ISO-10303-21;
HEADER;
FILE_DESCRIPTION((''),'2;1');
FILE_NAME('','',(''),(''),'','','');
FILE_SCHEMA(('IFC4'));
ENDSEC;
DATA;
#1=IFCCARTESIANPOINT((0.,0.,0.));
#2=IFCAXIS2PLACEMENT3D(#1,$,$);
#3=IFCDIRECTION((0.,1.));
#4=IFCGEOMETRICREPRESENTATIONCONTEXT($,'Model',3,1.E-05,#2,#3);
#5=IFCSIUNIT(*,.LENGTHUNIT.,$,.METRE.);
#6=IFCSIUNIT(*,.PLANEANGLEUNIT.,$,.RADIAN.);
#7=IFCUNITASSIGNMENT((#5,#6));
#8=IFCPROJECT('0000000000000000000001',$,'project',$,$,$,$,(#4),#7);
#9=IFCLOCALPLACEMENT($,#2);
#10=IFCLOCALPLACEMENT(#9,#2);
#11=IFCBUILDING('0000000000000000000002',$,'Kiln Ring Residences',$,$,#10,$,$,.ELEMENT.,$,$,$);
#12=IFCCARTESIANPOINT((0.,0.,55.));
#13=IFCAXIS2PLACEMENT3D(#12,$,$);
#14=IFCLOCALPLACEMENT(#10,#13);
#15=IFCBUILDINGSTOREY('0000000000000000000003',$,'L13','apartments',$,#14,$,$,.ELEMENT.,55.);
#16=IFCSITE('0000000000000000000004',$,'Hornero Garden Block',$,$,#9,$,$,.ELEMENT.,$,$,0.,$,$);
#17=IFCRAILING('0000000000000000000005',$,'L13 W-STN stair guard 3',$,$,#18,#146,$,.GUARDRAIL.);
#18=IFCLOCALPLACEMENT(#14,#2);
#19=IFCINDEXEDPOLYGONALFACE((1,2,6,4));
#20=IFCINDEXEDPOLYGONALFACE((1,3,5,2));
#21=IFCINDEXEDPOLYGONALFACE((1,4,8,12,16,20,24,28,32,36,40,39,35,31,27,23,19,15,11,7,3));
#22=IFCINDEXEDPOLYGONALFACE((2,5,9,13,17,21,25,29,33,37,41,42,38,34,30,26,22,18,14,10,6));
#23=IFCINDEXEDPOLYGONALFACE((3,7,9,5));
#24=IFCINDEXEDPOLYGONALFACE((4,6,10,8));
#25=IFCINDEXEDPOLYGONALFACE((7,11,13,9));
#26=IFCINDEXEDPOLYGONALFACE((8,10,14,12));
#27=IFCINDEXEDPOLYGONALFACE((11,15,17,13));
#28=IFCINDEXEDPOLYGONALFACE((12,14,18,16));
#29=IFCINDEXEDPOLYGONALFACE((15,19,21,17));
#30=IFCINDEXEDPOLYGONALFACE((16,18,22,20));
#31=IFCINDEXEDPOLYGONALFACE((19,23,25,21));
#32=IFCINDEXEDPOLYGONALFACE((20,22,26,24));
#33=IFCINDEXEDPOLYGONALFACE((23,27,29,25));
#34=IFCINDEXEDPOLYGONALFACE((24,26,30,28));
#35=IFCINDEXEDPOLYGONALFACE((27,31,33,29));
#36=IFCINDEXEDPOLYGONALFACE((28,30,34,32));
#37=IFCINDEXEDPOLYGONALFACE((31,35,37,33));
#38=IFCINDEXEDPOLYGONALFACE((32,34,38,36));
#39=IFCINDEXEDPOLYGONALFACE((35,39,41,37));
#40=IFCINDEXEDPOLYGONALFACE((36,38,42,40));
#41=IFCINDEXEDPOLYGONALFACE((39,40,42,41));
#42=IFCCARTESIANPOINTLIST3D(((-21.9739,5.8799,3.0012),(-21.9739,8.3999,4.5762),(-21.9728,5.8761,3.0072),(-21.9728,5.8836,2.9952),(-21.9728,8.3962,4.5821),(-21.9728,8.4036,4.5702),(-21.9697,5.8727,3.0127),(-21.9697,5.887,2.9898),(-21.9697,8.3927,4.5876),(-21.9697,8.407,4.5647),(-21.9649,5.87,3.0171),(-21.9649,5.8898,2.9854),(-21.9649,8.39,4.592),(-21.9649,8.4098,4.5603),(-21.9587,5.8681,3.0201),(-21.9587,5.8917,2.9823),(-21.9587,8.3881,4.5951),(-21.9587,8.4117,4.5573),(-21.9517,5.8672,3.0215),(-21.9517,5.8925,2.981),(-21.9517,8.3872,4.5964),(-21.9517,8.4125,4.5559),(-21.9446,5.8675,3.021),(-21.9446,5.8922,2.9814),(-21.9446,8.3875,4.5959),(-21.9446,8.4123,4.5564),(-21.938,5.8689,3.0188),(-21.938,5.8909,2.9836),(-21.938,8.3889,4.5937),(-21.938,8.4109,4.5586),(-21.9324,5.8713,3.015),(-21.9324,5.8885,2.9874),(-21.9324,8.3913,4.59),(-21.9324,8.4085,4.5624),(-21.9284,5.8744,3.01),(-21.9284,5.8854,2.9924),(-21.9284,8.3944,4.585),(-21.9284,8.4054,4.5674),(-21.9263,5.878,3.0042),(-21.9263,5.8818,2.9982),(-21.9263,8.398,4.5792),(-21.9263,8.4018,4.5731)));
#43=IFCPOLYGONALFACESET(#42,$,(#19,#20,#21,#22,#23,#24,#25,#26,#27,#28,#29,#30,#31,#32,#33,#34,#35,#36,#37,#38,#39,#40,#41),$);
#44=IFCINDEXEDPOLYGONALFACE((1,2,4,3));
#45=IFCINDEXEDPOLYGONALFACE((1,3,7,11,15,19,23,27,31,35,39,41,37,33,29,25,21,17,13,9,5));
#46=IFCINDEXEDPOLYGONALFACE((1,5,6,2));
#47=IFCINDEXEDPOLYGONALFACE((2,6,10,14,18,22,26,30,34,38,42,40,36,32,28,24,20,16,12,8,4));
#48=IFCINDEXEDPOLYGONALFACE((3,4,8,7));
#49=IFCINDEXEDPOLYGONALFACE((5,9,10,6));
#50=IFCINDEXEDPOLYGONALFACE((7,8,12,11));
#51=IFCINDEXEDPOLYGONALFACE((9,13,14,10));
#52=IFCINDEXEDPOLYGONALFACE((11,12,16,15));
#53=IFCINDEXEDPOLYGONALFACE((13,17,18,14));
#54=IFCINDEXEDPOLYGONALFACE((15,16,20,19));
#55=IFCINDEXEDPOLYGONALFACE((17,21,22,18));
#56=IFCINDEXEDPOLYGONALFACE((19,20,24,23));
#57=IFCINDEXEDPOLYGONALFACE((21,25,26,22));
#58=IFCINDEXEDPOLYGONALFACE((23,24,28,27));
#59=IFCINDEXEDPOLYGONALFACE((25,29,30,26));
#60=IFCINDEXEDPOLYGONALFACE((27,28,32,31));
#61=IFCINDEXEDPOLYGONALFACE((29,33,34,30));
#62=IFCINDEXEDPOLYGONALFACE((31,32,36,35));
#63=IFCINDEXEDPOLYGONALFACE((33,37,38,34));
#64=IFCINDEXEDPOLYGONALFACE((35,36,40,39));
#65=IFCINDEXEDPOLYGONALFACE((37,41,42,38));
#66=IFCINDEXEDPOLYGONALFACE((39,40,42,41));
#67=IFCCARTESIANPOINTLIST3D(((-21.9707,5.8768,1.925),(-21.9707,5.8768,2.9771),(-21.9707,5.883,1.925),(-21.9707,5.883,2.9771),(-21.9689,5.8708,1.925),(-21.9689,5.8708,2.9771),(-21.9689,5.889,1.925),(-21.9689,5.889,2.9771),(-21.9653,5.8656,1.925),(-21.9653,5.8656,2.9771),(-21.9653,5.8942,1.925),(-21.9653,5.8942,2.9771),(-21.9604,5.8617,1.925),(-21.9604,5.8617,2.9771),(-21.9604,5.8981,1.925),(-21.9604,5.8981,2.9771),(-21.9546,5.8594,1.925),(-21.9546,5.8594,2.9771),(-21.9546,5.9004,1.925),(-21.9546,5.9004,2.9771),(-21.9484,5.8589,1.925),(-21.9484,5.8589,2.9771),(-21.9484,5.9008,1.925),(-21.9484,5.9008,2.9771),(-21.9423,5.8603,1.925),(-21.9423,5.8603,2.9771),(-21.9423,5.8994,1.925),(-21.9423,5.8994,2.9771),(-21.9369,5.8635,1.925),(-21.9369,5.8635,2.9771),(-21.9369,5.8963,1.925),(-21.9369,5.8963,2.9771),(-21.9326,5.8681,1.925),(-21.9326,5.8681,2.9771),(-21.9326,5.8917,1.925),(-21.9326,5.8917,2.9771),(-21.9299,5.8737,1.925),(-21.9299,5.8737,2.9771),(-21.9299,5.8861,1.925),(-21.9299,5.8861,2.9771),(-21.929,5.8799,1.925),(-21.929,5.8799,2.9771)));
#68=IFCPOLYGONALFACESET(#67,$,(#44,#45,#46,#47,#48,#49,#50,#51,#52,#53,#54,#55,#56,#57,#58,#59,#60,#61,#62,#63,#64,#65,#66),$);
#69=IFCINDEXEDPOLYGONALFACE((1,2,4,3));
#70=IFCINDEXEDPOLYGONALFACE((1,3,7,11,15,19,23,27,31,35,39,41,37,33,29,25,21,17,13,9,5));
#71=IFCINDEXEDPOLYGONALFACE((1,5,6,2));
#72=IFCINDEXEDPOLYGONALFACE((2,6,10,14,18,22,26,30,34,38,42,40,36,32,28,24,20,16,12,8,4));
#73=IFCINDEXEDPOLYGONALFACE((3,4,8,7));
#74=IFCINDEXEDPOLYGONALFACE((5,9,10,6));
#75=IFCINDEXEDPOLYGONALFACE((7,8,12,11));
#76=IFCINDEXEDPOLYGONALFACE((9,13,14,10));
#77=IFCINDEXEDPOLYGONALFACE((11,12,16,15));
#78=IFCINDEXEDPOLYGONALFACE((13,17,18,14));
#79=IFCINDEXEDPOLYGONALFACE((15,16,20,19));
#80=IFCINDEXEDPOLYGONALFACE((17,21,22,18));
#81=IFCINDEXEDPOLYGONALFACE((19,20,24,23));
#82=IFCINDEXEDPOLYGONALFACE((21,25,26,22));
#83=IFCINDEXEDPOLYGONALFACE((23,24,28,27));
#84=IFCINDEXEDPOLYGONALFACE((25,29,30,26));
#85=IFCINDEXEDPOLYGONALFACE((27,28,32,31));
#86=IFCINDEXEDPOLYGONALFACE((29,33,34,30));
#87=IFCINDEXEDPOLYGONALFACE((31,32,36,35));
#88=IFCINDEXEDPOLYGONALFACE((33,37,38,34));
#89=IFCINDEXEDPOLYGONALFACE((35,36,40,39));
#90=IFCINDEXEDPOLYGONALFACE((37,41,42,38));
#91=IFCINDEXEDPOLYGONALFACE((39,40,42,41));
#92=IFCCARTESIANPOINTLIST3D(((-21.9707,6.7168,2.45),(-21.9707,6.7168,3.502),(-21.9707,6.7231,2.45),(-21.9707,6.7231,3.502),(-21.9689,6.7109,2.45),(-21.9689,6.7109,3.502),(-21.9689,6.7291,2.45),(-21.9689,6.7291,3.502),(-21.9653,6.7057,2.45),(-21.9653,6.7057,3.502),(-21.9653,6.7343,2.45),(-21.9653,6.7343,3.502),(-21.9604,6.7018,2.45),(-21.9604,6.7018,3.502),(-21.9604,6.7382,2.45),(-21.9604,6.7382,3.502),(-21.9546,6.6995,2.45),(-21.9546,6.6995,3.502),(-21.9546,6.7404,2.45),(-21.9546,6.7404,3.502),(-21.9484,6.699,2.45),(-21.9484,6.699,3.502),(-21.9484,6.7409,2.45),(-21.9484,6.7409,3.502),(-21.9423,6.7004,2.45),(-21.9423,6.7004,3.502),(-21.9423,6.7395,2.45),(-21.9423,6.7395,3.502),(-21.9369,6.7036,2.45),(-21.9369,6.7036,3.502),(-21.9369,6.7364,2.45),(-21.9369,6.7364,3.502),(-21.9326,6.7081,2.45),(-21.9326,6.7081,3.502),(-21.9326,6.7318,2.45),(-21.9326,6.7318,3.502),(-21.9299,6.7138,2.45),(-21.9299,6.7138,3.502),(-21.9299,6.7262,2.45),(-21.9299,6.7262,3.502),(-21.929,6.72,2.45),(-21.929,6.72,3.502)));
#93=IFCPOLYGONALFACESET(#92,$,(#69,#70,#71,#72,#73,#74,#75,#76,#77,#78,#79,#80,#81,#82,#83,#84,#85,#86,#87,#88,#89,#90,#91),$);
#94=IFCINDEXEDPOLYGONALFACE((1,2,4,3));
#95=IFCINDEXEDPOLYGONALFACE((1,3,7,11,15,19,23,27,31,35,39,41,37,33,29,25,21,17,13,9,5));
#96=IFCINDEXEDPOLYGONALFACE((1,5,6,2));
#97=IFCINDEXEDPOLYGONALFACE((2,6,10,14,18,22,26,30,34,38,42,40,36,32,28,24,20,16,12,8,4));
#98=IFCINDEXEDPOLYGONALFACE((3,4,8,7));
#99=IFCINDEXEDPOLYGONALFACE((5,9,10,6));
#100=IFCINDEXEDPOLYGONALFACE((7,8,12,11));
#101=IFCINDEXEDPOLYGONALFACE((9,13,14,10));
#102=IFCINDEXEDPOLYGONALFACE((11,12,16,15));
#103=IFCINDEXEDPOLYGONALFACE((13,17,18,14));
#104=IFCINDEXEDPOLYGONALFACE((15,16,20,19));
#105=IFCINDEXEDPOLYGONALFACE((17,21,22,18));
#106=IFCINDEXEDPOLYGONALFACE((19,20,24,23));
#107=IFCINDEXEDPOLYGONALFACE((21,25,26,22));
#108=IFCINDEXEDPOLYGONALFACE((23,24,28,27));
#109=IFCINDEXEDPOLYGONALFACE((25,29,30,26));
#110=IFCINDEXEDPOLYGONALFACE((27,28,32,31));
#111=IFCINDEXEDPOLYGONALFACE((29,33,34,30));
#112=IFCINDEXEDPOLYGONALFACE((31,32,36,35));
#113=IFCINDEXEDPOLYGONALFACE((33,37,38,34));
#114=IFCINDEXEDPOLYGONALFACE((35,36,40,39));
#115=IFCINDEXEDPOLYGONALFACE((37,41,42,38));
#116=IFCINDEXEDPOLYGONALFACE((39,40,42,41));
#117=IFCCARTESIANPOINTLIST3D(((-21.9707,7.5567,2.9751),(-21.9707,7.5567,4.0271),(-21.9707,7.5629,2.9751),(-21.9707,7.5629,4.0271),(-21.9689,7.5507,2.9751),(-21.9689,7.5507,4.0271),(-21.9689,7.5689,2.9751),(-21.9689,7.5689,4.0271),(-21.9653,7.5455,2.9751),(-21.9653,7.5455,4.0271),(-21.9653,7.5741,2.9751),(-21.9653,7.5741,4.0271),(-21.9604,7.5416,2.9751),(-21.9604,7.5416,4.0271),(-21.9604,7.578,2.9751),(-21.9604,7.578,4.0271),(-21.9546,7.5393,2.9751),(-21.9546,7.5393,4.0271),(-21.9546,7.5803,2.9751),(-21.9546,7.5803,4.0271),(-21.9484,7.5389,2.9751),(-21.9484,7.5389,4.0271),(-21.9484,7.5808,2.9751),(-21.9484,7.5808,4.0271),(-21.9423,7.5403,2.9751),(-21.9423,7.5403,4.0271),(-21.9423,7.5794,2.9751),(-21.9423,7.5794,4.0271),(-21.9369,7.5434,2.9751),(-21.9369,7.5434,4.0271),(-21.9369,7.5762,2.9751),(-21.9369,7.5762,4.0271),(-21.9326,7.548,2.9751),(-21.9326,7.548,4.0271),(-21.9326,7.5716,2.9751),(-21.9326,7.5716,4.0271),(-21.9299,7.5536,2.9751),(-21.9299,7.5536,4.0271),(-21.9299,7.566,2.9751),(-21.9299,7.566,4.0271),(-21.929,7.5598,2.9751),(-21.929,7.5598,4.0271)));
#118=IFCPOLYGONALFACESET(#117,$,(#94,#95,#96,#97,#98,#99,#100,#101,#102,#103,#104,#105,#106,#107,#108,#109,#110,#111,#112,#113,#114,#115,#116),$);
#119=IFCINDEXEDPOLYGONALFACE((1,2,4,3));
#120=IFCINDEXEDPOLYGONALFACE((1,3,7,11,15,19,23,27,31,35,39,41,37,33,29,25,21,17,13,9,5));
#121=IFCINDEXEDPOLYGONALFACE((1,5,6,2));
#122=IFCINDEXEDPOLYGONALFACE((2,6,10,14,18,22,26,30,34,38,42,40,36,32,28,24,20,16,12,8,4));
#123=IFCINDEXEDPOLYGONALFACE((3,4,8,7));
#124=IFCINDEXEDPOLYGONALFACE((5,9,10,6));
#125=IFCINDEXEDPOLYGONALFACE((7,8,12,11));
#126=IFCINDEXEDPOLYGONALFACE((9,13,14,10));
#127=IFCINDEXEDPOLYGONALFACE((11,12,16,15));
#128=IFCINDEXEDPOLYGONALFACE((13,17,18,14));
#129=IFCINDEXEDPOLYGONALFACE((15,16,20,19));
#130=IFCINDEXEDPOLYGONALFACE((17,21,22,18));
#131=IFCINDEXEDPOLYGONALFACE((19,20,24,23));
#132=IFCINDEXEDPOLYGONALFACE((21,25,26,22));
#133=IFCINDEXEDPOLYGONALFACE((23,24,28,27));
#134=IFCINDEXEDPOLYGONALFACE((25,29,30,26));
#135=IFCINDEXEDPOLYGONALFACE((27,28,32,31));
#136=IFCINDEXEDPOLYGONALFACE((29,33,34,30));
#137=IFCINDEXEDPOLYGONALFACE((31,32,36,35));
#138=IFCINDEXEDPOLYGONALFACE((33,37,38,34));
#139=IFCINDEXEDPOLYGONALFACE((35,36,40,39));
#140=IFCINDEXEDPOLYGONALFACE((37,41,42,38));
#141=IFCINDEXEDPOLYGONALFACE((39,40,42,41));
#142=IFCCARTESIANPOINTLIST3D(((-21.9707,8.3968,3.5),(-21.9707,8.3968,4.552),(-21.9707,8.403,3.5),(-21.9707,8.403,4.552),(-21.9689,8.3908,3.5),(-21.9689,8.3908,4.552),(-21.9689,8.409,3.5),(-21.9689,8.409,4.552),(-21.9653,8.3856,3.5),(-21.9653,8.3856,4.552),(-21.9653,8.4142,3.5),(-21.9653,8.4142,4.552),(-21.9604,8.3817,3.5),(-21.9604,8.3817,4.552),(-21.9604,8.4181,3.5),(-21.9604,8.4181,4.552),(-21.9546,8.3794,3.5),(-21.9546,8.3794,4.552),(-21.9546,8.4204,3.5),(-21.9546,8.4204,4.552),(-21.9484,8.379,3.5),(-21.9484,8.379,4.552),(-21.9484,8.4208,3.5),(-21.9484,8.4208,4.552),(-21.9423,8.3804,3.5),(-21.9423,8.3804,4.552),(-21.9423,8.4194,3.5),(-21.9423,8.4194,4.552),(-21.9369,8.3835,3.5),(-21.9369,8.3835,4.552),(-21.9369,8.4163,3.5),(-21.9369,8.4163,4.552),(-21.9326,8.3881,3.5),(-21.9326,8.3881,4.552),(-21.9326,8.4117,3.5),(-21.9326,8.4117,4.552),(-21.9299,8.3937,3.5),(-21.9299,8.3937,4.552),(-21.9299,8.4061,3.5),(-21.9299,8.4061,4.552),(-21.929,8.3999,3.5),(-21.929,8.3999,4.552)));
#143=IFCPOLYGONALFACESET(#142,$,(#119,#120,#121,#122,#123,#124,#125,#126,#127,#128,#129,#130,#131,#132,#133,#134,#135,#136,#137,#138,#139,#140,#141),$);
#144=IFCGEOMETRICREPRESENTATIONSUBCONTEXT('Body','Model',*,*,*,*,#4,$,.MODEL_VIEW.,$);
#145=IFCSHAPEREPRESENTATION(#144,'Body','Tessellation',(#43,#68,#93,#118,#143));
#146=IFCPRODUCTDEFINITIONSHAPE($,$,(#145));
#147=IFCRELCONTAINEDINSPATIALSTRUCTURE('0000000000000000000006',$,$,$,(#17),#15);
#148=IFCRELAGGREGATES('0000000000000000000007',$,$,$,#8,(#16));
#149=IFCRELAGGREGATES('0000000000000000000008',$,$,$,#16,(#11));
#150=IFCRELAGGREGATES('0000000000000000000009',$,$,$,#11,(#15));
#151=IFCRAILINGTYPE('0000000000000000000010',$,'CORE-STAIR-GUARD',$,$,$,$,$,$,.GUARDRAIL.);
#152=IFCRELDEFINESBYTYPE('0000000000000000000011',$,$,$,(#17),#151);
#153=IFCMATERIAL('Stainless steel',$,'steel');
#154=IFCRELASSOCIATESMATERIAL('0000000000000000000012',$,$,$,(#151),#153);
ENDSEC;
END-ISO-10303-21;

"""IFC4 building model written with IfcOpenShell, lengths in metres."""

from ifc_helpers import new_model, si_unit, direction, frame, origin, origin_2d, place, context, subcontext, project, spatial, circle, extrude, material, type_object, element, save


model = new_model("IFC4")

# Units and contexts
model_context = context("Model", 3, precision=1e-05, world=origin(), true_north=direction((0.0, 1.0)))
body_context = subcontext(model_context, "Body", "Model", "MODEL_VIEW")
ifc_project = project(units=[si_unit("LENGTHUNIT", "METRE"), si_unit("PLANEANGLEUNIT", "RADIAN")], contexts=[model_context])

# Site, building, storey
site_placement = place(None, origin())
site = spatial("IfcSite", under=ifc_project, at=site_placement, Name="Hornero Garden Block", CompositionType="ELEMENT", RefElevation=0.0)
building_placement = place(site_placement, origin())
building = spatial("IfcBuilding", under=site, at=building_placement, Name="Kiln Ring Residences", CompositionType="ELEMENT")
storey_placement = place(building_placement, frame((0.0, 0.0, 55.0)))
storey = spatial("IfcBuildingStorey", under=building, at=storey_placement, Name="L13", Description="apartments", CompositionType="ELEMENT", Elevation=55.0)

# Railing
ifc_material_1 = material(Name="Stainless steel", Category="steel")
railing_type_1 = type_object("IfcRailingType", Name="CORE-STAIR-GUARD", PredefinedType="GUARDRAIL", material=ifc_material_1)
railing_1_placement = place(storey_placement, frame((-21.95, 5.8799, 1.925)))
element("IfcRailing", 1, at=railing_1_placement, inside=storey, type_object=railing_type_1, Name="L13 W-STN stair guard 3", PredefinedType="GUARDRAIL", context=body_context, shape_type="SweptSolid", body=[
    extrude(circle(Radius=0.0239, at=origin_2d()), frame((0.0, 0.0, 1.0762), z_axis=(0.0, 0.848008, 0.529984), x_axis=(-1.0, 0.0, 0.0)), (0.0, 0.0, 1.0), 2.9717),
    extrude(circle(Radius=0.021, at=origin_2d()), origin(), (0.0, 0.0, 1.0), 1.052),
    extrude(circle(Radius=0.021, at=origin_2d()), frame((0.0, 0.8401, 0.5249)), (0.0, 0.0, 1.0), 1.052),
    extrude(circle(Radius=0.021, at=origin_2d()), frame((0.0, 1.6799, 1.05)), (0.0, 0.0, 1.0), 1.052),
    extrude(circle(Radius=0.021, at=origin_2d()), frame((0.0, 2.52, 1.575)), (0.0, 0.0, 1.0), 1.052),
])

save(model, "model.ifc")
